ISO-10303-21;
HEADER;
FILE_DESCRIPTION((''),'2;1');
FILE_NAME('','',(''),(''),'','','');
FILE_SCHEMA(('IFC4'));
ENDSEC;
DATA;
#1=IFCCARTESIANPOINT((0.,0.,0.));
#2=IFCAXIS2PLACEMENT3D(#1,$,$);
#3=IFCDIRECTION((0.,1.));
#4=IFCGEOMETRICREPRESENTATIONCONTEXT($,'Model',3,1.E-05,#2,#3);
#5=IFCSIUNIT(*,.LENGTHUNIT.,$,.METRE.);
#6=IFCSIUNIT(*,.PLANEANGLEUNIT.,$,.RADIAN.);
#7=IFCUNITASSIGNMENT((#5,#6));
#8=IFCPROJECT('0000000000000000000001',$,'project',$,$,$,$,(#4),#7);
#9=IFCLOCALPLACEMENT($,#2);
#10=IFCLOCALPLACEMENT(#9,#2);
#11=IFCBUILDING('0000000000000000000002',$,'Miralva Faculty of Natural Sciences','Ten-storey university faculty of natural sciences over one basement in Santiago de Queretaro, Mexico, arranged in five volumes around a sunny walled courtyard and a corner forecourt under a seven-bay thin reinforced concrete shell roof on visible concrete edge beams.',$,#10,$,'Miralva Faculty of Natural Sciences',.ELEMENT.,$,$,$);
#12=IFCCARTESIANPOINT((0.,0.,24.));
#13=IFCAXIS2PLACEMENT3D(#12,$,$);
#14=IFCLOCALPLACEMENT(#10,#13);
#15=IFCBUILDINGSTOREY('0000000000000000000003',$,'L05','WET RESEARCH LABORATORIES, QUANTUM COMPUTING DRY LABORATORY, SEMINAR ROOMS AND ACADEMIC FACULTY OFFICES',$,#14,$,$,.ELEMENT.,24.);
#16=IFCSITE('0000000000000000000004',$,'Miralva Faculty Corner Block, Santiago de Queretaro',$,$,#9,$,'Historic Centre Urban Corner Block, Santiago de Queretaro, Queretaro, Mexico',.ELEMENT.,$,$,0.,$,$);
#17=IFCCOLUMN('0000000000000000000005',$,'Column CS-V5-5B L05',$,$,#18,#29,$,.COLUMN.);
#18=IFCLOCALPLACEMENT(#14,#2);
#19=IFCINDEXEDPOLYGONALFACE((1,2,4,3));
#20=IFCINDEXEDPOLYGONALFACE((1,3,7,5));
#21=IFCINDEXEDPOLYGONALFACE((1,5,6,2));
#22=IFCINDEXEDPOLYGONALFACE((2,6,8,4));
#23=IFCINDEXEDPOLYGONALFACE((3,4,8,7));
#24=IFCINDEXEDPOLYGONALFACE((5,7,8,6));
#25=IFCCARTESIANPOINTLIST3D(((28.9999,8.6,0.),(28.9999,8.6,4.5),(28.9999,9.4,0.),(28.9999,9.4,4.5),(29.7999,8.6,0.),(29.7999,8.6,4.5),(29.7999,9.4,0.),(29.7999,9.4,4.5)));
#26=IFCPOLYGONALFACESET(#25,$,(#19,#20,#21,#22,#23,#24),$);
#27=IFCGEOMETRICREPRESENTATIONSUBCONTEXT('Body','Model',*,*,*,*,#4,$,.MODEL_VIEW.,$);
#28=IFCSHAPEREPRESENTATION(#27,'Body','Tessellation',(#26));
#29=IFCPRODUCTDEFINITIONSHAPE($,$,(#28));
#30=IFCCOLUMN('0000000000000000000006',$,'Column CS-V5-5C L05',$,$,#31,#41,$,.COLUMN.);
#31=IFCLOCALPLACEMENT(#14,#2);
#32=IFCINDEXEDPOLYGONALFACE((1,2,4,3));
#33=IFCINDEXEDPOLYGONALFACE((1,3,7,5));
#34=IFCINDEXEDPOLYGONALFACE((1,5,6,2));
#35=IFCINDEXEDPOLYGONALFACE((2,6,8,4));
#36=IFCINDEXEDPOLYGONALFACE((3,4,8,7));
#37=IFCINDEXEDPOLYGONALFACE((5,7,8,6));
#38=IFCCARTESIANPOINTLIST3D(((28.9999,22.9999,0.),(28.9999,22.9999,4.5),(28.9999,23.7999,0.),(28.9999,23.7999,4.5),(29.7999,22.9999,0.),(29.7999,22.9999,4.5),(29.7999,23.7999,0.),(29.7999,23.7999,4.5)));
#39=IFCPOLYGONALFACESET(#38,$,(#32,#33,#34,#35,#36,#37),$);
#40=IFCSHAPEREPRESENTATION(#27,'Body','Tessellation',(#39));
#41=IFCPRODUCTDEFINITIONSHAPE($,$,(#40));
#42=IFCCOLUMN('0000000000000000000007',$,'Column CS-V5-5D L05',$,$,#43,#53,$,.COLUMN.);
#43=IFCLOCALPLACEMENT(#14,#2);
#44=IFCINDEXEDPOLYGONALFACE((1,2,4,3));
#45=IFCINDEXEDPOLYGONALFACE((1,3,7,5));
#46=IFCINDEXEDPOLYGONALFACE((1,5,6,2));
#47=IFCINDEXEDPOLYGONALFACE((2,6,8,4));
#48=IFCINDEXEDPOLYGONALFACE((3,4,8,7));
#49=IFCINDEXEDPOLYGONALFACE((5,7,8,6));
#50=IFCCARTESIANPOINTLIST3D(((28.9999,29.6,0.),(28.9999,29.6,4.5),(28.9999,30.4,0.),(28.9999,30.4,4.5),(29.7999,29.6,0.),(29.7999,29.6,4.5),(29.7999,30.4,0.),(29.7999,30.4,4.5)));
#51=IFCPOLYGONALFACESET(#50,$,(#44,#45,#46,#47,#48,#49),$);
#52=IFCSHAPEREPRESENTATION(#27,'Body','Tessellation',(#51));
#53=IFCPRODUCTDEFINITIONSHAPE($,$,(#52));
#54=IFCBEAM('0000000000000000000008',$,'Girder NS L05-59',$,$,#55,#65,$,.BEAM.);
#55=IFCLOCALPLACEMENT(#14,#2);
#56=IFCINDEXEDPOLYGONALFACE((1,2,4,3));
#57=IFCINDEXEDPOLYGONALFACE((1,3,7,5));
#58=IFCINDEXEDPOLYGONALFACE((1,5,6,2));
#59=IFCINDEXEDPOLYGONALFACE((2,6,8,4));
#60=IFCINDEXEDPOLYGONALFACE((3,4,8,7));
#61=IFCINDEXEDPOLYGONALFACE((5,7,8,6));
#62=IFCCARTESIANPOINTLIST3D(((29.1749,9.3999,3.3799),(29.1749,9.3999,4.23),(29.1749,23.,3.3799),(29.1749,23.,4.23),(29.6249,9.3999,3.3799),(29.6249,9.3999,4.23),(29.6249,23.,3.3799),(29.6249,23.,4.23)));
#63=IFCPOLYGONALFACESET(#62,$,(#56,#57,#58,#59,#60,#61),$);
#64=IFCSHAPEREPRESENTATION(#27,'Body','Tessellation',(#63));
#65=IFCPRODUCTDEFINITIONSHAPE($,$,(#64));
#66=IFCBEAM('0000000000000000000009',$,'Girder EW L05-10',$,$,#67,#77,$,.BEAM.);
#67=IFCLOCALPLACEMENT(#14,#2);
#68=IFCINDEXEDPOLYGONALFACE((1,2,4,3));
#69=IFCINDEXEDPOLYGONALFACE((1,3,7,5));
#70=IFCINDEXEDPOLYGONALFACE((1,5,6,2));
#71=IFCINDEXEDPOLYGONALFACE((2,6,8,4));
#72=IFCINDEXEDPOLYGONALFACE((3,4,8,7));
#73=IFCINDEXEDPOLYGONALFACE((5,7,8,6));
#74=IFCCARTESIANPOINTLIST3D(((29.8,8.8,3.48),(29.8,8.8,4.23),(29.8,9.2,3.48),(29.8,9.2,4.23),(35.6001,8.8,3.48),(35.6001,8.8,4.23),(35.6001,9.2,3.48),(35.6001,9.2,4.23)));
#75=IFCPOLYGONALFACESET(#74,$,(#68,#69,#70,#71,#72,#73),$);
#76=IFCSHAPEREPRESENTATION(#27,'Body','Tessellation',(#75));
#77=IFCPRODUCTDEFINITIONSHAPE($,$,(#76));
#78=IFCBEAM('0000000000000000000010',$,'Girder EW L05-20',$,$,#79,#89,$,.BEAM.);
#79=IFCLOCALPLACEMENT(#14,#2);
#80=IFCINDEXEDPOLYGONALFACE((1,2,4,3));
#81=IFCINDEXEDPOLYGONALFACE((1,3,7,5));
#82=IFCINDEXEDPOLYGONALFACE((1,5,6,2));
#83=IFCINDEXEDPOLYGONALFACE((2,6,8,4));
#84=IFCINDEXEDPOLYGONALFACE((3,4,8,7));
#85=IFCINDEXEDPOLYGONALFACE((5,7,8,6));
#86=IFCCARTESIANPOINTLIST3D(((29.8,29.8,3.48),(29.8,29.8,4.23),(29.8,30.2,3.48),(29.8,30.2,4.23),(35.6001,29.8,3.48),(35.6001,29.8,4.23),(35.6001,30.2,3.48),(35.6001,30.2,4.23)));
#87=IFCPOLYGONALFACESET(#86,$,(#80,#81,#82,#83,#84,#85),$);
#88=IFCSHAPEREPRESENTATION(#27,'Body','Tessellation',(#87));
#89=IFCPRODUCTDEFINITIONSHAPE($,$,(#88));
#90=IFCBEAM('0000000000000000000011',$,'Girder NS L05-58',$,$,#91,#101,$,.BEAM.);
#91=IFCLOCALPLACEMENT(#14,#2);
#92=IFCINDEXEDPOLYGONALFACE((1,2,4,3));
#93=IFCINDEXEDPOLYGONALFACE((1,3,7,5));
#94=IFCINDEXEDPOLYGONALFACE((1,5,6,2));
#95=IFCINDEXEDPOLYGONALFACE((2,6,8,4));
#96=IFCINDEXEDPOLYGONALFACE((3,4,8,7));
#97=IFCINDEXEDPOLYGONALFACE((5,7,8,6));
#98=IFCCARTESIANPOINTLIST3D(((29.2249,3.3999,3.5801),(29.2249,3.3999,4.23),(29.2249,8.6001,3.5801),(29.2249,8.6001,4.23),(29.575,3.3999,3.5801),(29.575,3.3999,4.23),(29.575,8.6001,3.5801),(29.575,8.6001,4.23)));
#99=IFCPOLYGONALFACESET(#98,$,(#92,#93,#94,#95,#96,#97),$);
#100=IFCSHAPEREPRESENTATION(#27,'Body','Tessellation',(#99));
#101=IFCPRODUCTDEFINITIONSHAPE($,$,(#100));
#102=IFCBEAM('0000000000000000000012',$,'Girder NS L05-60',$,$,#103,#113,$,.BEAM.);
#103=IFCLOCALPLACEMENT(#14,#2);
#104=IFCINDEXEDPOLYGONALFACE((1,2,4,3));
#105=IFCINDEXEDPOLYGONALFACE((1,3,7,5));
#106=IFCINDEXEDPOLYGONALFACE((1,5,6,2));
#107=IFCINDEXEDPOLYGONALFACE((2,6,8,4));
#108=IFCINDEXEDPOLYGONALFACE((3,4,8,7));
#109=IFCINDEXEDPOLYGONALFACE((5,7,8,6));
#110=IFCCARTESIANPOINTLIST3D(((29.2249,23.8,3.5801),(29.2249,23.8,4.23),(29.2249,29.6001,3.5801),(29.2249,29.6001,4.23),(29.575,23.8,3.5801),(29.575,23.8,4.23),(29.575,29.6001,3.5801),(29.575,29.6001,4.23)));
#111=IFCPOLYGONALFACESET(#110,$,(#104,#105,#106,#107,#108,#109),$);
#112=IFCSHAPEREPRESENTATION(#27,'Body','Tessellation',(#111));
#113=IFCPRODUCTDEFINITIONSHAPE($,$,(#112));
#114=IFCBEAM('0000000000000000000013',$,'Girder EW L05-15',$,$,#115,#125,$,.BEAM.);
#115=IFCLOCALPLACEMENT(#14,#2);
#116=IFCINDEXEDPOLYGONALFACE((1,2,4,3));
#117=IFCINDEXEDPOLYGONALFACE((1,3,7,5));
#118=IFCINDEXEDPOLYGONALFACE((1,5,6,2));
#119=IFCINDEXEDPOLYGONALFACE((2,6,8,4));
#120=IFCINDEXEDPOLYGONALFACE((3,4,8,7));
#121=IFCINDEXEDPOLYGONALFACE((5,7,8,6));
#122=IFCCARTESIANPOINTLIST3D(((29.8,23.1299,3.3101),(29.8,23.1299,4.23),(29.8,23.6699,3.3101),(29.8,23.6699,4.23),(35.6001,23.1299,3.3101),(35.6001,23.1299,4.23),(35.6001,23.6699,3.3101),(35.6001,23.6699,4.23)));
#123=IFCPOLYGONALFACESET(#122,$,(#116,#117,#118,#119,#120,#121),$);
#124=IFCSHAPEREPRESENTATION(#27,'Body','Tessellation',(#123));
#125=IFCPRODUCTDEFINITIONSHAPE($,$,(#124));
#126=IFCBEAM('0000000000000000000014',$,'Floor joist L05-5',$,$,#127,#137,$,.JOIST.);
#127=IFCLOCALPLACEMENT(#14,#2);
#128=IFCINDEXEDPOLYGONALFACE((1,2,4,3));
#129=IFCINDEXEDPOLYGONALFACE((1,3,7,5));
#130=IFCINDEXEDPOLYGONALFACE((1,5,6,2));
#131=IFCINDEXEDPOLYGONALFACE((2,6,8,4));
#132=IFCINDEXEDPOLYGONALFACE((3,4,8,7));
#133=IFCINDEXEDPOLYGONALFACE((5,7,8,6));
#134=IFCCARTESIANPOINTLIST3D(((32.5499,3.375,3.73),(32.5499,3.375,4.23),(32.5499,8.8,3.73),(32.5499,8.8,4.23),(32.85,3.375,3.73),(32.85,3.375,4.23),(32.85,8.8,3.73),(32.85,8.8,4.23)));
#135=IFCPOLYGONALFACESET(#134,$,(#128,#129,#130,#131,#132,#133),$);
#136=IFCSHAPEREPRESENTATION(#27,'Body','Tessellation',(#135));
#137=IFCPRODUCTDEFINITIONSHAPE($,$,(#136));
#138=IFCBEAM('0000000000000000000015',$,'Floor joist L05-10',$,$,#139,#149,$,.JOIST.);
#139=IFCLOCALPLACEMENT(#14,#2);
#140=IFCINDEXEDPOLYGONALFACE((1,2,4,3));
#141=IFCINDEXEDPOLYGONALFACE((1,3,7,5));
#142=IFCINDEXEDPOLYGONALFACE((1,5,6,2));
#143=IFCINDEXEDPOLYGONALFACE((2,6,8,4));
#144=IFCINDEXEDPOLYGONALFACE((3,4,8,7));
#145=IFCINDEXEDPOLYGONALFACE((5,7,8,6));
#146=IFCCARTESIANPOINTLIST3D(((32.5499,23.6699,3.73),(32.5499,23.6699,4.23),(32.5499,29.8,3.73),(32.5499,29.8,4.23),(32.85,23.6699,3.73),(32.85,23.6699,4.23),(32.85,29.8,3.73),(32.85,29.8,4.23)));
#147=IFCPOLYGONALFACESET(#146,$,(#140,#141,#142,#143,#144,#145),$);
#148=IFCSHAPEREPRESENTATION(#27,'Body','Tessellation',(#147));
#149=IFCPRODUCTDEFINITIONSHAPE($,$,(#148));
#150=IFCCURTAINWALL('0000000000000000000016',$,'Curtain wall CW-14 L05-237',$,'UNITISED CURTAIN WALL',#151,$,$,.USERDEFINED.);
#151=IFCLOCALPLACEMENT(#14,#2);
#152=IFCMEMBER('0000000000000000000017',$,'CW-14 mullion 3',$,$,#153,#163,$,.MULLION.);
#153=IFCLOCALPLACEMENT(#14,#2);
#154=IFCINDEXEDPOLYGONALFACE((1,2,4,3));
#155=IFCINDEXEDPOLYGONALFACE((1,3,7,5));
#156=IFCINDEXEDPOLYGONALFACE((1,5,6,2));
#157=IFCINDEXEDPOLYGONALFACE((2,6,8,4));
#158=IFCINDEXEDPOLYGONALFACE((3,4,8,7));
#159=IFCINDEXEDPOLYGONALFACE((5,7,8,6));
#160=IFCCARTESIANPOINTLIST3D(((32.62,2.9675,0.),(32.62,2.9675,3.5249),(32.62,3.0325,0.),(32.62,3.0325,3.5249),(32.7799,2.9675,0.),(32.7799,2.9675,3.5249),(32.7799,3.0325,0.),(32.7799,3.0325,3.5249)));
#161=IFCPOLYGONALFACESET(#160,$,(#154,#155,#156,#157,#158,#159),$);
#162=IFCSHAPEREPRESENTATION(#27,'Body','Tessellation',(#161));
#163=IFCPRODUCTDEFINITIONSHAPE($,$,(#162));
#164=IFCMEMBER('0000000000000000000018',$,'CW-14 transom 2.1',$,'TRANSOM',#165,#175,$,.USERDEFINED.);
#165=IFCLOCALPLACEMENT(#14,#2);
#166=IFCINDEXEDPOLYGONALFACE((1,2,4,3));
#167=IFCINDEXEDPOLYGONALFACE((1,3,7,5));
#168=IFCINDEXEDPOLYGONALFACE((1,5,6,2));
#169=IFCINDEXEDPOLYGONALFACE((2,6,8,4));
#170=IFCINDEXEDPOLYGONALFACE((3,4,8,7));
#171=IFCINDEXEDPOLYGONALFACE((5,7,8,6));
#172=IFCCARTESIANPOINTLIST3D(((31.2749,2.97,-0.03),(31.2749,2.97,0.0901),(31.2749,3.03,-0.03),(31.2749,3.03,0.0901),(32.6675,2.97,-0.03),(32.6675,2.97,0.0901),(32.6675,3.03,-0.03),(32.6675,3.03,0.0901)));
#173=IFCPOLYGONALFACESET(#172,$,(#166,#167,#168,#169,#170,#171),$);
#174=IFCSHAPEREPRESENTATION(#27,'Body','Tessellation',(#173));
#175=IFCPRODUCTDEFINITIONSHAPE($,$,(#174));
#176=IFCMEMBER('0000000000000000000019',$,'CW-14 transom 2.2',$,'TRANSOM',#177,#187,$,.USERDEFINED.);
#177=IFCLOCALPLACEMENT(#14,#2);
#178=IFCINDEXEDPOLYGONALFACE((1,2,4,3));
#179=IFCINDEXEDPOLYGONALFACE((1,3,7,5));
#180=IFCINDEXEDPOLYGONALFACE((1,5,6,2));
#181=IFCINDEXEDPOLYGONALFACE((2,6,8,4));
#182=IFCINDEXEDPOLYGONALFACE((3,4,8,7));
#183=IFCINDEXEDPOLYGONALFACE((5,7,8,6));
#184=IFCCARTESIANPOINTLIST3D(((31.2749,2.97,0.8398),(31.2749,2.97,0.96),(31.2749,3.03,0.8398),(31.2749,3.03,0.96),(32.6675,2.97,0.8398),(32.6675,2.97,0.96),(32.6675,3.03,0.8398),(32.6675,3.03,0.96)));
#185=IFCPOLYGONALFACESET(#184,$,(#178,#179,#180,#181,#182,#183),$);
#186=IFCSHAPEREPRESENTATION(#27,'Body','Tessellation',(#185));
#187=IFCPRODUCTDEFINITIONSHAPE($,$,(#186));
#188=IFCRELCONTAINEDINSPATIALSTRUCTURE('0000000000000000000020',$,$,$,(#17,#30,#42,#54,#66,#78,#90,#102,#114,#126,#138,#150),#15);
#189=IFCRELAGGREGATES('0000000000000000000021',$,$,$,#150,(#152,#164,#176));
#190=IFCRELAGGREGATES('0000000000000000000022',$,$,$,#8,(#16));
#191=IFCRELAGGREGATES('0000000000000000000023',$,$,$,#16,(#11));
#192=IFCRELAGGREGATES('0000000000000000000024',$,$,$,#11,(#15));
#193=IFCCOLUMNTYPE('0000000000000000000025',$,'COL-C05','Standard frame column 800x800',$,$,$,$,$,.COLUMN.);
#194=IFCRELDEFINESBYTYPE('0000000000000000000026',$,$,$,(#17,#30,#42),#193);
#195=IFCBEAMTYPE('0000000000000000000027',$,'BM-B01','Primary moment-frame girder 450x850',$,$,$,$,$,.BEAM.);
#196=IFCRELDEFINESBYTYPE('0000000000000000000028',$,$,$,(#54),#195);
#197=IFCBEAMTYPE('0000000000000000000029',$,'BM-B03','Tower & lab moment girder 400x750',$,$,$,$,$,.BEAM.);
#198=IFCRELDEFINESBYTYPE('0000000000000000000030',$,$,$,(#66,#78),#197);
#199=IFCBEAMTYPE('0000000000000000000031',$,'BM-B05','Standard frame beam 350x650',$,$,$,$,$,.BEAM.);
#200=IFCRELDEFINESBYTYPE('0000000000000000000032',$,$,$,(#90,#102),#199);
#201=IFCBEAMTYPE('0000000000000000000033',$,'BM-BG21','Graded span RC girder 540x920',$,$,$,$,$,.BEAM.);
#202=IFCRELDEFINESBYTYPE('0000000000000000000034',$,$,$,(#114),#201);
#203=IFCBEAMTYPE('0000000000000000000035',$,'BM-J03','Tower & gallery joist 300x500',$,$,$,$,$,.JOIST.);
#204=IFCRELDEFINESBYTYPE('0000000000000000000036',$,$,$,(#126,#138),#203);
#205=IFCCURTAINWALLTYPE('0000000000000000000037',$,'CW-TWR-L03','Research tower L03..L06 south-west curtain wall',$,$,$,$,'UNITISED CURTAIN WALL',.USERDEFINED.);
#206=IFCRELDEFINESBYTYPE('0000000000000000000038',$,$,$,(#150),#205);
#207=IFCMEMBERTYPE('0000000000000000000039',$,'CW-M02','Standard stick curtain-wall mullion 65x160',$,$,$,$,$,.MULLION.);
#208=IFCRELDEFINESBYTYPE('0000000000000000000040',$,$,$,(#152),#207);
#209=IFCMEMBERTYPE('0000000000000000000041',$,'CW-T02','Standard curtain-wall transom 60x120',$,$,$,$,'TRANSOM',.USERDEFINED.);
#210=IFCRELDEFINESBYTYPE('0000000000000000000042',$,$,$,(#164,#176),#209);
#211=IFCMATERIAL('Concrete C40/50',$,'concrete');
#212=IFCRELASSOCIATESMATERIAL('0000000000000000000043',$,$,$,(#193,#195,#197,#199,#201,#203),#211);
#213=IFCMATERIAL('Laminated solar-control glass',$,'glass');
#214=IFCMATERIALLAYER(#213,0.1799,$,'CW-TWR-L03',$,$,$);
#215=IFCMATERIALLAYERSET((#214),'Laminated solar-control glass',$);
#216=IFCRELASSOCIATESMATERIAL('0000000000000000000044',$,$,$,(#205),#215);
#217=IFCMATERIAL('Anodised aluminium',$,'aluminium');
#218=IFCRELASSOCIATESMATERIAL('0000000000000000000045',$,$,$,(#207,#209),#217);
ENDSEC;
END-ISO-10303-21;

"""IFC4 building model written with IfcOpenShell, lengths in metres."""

from ifc_helpers import new_model, si_unit, direction, frame, origin, origin_2d, place, context, subcontext, project, spatial, rectangle, extrude, material, layer, layer_set, material_profile, profile_set, type_object, element, aggregate, save


model = new_model("IFC4")

# Units and contexts
model_context = context("Model", 3, precision=1e-05, world=origin(), true_north=direction((0.0, 1.0)))
body_context = subcontext(model_context, "Body", "Model", "MODEL_VIEW")
ifc_project = project(units=[si_unit("LENGTHUNIT", "METRE"), si_unit("PLANEANGLEUNIT", "RADIAN")], contexts=[model_context])

# Site, building, storey
site_placement = place(None, origin())
site = spatial("IfcSite", under=ifc_project, at=site_placement, Name="Miralva Faculty Corner Block, Santiago de Queretaro", LongName="Historic Centre Urban Corner Block, Santiago de Queretaro, Queretaro, Mexico", CompositionType="ELEMENT", RefElevation=0.0)
building_placement = place(site_placement, origin())
building = spatial("IfcBuilding", under=site, at=building_placement, Name="Miralva Faculty of Natural Sciences", Description="Ten-storey university faculty of natural sciences over one basement in Santiago de Queretaro, Mexico, arranged in five volumes around a sunny walled courtyard and a corner forecourt under a seven-bay thin reinforced concrete shell roof on visible concrete edge beams.", LongName="Miralva Faculty of Natural Sciences", CompositionType="ELEMENT")
storey_placement = place(building_placement, frame((0.0, 0.0, 24.0)))
storey = spatial("IfcBuildingStorey", under=building, at=storey_placement, Name="L05", Description="WET RESEARCH LABORATORIES, QUANTUM COMPUTING DRY LABORATORY, SEMINAR ROOMS AND ACADEMIC FACULTY OFFICES", CompositionType="ELEMENT", Elevation=24.0)

# Columns
ifc_material_1 = material(Name="Concrete C40/50", Category="concrete")
ifc_material_profile_1 = material_profile(ifc_material_1, rectangle(XDim=0.8, YDim=0.8, at=origin_2d()), Name="RC 800x800")
ifc_profile_set_1 = profile_set([ifc_material_profile_1], Name="Concrete C40/50")
column_type = type_object("IfcColumnType", Name="COL-C05", Description="Standard frame column 800x800", PredefinedType="COLUMN", material=ifc_profile_set_1)
for number, where, z_axis, x_axis, name in (
    (1, (29.3999, 9.0, 0.0), (0.0, 0.0, 1.0), (1.0, 0.0, 0.0), "Column CS-V5-5B L05"),
    (2, (29.3999, 23.3999, 0.0), (0.0, 0.0, 1.0), (1.0, 0.0, 0.0), "Column CS-V5-5C L05"),
    (3, (29.3999, 30.0, 0.0), (0.0, 0.0, 1.0), (1.0, 0.0, 0.0), "Column CS-V5-5D L05"),
):
    element("IfcColumn", number, at=place(storey_placement, frame(where, z_axis=z_axis, x_axis=x_axis)), inside=storey, type_object=column_type, Name=name, PredefinedType="COLUMN", context=body_context, shape_type="SweptSolid", body=[
        extrude(rectangle(XDim=0.8, YDim=0.8, at=origin_2d()), origin(), (0.0, 0.0, 1.0), 4.5),
    ])

# Beams
ifc_material_profile_2 = material_profile(ifc_material_1, rectangle(XDim=0.45, YDim=0.8501, at=origin_2d()), Name="RC 450x850")
ifc_profile_set_2 = profile_set([ifc_material_profile_2], Name="Concrete C40/50")
beam_type_1 = type_object("IfcBeamType", Name="BM-B01", Description="Primary moment-frame girder 450x850", PredefinedType="BEAM", material=ifc_profile_set_2)
beam_1_placement = place(storey_placement, frame((29.3999, 9.3999, 3.8049), z_axis=(0.0, 1.0, 0.0), x_axis=(-1.0, 0.0, 0.0)))
element("IfcBeam", 4, at=beam_1_placement, inside=storey, type_object=beam_type_1, Name="Girder NS L05-59", PredefinedType="BEAM", context=body_context, shape_type="SweptSolid", body=[
    extrude(rectangle(XDim=0.45, YDim=0.8501, at=origin_2d()), origin(), (0.0, 0.0, 1.0), 13.6001),
])
ifc_material_profile_3 = material_profile(ifc_material_1, rectangle(XDim=0.3999, YDim=0.75, at=origin_2d()), Name="RC 400x750")
ifc_profile_set_3 = profile_set([ifc_material_profile_3], Name="Concrete C40/50")
beam_type_2 = type_object("IfcBeamType", Name="BM-B03", Description="Tower & lab moment girder 400x750", PredefinedType="BEAM", material=ifc_profile_set_3)
for number, where, z_axis, x_axis, name in (
    (5, (29.8, 9.0, 3.855), (1.0, 0.0, 0.0), (0.0, 1.0, 0.0), "Girder EW L05-10"),
    (6, (29.8, 30.0, 3.855), (1.0, 0.0, 0.0), (0.0, 1.0, 0.0), "Girder EW L05-20"),
):
    element("IfcBeam", number, at=place(storey_placement, frame(where, z_axis=z_axis, x_axis=x_axis)), inside=storey, type_object=beam_type_2, Name=name, PredefinedType="BEAM", context=body_context, shape_type="SweptSolid", body=[
        extrude(rectangle(XDim=0.3999, YDim=0.75, at=origin_2d()), origin(), (0.0, 0.0, 1.0), 5.8),
    ])
ifc_material_profile_4 = material_profile(ifc_material_1, rectangle(XDim=0.3501, YDim=0.6499, at=origin_2d()), Name="RC 350x650")
ifc_profile_set_4 = profile_set([ifc_material_profile_4], Name="Concrete C40/50")
beam_type_3 = type_object("IfcBeamType", Name="BM-B05", Description="Standard frame beam 350x650", PredefinedType="BEAM", material=ifc_profile_set_4)
beam_2_placement = place(storey_placement, frame((29.3999, 3.3999, 3.905), z_axis=(0.0, 1.0, 0.0), x_axis=(-1.0, 0.0, 0.0)))
element("IfcBeam", 7, at=beam_2_placement, inside=storey, type_object=beam_type_3, Name="Girder NS L05-58", PredefinedType="BEAM", context=body_context, shape_type="SweptSolid", body=[
    extrude(rectangle(XDim=0.3501, YDim=0.6499, at=origin_2d()), origin(), (0.0, 0.0, 1.0), 5.2002),
])
beam_3_placement = place(storey_placement, frame((29.3999, 23.8, 3.905), z_axis=(0.0, 1.0, 0.0), x_axis=(-1.0, 0.0, 0.0)))
element("IfcBeam", 8, at=beam_3_placement, inside=storey, type_object=beam_type_3, Name="Girder NS L05-60", PredefinedType="BEAM", context=body_context, shape_type="SweptSolid", body=[
    extrude(rectangle(XDim=0.3501, YDim=0.6499, at=origin_2d()), origin(), (0.0, 0.0, 1.0), 5.8),
])
ifc_material_profile_5 = material_profile(ifc_material_1, rectangle(XDim=0.54, YDim=0.9199, at=origin_2d()), Name="RC 540x920")
ifc_profile_set_5 = profile_set([ifc_material_profile_5], Name="Concrete C40/50")
beam_type_4 = type_object("IfcBeamType", Name="BM-BG21", Description="Graded span RC girder 540x920", PredefinedType="BEAM", material=ifc_profile_set_5)
beam_4_placement = place(storey_placement, frame((29.8, 23.3999, 3.77), z_axis=(1.0, 0.0, 0.0), x_axis=(0.0, 1.0, 0.0)))
element("IfcBeam", 9, at=beam_4_placement, inside=storey, type_object=beam_type_4, Name="Girder EW L05-15", PredefinedType="BEAM", context=body_context, shape_type="SweptSolid", body=[
    extrude(rectangle(XDim=0.54, YDim=0.9199, at=origin_2d()), origin(), (0.0, 0.0, 1.0), 5.8),
])
ifc_material_profile_6 = material_profile(ifc_material_1, rectangle(XDim=0.3, YDim=0.5, at=origin_2d()), Name="RC 300x500")
ifc_profile_set_6 = profile_set([ifc_material_profile_6], Name="Concrete C40/50")
beam_type_5 = type_object("IfcBeamType", Name="BM-J03", Description="Tower & gallery joist 300x500", PredefinedType="JOIST", material=ifc_profile_set_6)
beam_5_placement = place(storey_placement, frame((32.7, 3.375, 3.98), z_axis=(0.0, 1.0, 0.0), x_axis=(-1.0, 0.0, 0.0)))
element("IfcBeam", 10, at=beam_5_placement, inside=storey, type_object=beam_type_5, Name="Floor joist L05-5", PredefinedType="JOIST", context=body_context, shape_type="SweptSolid", body=[
    extrude(rectangle(XDim=0.3, YDim=0.5, at=origin_2d()), origin(), (0.0, 0.0, 1.0), 5.425),
])
beam_6_placement = place(storey_placement, frame((32.7, 23.6699, 3.98), z_axis=(0.0, 1.0, 0.0), x_axis=(-1.0, 0.0, 0.0)))
element("IfcBeam", 11, at=beam_6_placement, inside=storey, type_object=beam_type_5, Name="Floor joist L05-10", PredefinedType="JOIST", context=body_context, shape_type="SweptSolid", body=[
    extrude(rectangle(XDim=0.3, YDim=0.5, at=origin_2d()), origin(), (0.0, 0.0, 1.0), 6.1301),
])

# Curtain wall, members
ifc_material_2 = material(Name="Laminated solar-control glass", Category="glass")
ifc_layer_1 = layer(ifc_material_2, 0.1799, Name="CW-TWR-L03")
ifc_layer_set_1 = layer_set([ifc_layer_1], Name="Laminated solar-control glass")
curtain_wall_type = type_object("IfcCurtainWallType", Name="CW-TWR-L03", Description="Research tower L03..L06 south-west curtain wall", ElementType="UNITISED CURTAIN WALL", PredefinedType="USERDEFINED", material=ifc_layer_set_1)
curtain_wall_placement = place(storey_placement, origin())
curtain_wall = element("IfcCurtainWall", 12, at=curtain_wall_placement, inside=storey, type_object=curtain_wall_type, Name="Curtain wall CW-14 L05-237", ObjectType="UNITISED CURTAIN WALL", PredefinedType="USERDEFINED")
ifc_material_3 = material(Name="Anodised aluminium", Category="aluminium")
ifc_material_profile_7 = material_profile(ifc_material_3, rectangle(XDim=0.0649, YDim=0.1599, at=origin_2d()), Name="MULLION 65x160")
ifc_profile_set_7 = profile_set([ifc_material_profile_7], Name="Anodised aluminium")
member_type_1 = type_object("IfcMemberType", Name="CW-M02", Description="Standard stick curtain-wall mullion 65x160", PredefinedType="MULLION", material=ifc_profile_set_7)
member_1_placement = place(storey_placement, frame((32.7, 3.0, 0.0), z_axis=(0.0, 0.0, 1.0), x_axis=(0.0, 1.0, 0.0)))
member_1 = element("IfcMember", 13, at=member_1_placement, type_object=member_type_1, Name="CW-14 mullion 3", PredefinedType="MULLION", context=body_context, shape_type="SweptSolid", body=[
    extrude(rectangle(XDim=0.0649, YDim=0.1599, at=origin_2d()), origin(), (0.0, 0.0, 1.0), 3.5249),
])
ifc_material_profile_8 = material_profile(ifc_material_3, rectangle(XDim=0.0601, YDim=0.1201, at=origin_2d()), Name="TRANSOM 60x120")
ifc_profile_set_8 = profile_set([ifc_material_profile_8], Name="Anodised aluminium")
member_type_2 = type_object("IfcMemberType", Name="CW-T02", Description="Standard curtain-wall transom 60x120", ElementType="TRANSOM", PredefinedType="USERDEFINED", material=ifc_profile_set_8)
member_2_placement = place(storey_placement, frame((31.2749, 3.0, 0.03), z_axis=(1.0, 0.0, 0.0), x_axis=(0.0, 1.0, 0.0)))
member_2 = element("IfcMember", 14, at=member_2_placement, type_object=member_type_2, Name="CW-14 transom 2.1", ObjectType="TRANSOM", PredefinedType="USERDEFINED", context=body_context, shape_type="SweptSolid", body=[
    extrude(rectangle(XDim=0.0601, YDim=0.1201, at=origin_2d()), origin(), (0.0, 0.0, 1.0), 1.3926),
])
member_3_placement = place(storey_placement, frame((31.2749, 3.0, 0.8999), z_axis=(1.0, 0.0, 0.0), x_axis=(0.0, 1.0, 0.0)))
member_3 = element("IfcMember", 15, at=member_3_placement, type_object=member_type_2, Name="CW-14 transom 2.2", ObjectType="TRANSOM", PredefinedType="USERDEFINED", context=body_context, shape_type="SweptSolid", body=[
    extrude(rectangle(XDim=0.0601, YDim=0.1201, at=origin_2d()), origin(), (0.0, 0.0, 1.0), 1.3926),
])
aggregate(curtain_wall, [member_1, member_2, member_3])

save(model, "model.ifc")
